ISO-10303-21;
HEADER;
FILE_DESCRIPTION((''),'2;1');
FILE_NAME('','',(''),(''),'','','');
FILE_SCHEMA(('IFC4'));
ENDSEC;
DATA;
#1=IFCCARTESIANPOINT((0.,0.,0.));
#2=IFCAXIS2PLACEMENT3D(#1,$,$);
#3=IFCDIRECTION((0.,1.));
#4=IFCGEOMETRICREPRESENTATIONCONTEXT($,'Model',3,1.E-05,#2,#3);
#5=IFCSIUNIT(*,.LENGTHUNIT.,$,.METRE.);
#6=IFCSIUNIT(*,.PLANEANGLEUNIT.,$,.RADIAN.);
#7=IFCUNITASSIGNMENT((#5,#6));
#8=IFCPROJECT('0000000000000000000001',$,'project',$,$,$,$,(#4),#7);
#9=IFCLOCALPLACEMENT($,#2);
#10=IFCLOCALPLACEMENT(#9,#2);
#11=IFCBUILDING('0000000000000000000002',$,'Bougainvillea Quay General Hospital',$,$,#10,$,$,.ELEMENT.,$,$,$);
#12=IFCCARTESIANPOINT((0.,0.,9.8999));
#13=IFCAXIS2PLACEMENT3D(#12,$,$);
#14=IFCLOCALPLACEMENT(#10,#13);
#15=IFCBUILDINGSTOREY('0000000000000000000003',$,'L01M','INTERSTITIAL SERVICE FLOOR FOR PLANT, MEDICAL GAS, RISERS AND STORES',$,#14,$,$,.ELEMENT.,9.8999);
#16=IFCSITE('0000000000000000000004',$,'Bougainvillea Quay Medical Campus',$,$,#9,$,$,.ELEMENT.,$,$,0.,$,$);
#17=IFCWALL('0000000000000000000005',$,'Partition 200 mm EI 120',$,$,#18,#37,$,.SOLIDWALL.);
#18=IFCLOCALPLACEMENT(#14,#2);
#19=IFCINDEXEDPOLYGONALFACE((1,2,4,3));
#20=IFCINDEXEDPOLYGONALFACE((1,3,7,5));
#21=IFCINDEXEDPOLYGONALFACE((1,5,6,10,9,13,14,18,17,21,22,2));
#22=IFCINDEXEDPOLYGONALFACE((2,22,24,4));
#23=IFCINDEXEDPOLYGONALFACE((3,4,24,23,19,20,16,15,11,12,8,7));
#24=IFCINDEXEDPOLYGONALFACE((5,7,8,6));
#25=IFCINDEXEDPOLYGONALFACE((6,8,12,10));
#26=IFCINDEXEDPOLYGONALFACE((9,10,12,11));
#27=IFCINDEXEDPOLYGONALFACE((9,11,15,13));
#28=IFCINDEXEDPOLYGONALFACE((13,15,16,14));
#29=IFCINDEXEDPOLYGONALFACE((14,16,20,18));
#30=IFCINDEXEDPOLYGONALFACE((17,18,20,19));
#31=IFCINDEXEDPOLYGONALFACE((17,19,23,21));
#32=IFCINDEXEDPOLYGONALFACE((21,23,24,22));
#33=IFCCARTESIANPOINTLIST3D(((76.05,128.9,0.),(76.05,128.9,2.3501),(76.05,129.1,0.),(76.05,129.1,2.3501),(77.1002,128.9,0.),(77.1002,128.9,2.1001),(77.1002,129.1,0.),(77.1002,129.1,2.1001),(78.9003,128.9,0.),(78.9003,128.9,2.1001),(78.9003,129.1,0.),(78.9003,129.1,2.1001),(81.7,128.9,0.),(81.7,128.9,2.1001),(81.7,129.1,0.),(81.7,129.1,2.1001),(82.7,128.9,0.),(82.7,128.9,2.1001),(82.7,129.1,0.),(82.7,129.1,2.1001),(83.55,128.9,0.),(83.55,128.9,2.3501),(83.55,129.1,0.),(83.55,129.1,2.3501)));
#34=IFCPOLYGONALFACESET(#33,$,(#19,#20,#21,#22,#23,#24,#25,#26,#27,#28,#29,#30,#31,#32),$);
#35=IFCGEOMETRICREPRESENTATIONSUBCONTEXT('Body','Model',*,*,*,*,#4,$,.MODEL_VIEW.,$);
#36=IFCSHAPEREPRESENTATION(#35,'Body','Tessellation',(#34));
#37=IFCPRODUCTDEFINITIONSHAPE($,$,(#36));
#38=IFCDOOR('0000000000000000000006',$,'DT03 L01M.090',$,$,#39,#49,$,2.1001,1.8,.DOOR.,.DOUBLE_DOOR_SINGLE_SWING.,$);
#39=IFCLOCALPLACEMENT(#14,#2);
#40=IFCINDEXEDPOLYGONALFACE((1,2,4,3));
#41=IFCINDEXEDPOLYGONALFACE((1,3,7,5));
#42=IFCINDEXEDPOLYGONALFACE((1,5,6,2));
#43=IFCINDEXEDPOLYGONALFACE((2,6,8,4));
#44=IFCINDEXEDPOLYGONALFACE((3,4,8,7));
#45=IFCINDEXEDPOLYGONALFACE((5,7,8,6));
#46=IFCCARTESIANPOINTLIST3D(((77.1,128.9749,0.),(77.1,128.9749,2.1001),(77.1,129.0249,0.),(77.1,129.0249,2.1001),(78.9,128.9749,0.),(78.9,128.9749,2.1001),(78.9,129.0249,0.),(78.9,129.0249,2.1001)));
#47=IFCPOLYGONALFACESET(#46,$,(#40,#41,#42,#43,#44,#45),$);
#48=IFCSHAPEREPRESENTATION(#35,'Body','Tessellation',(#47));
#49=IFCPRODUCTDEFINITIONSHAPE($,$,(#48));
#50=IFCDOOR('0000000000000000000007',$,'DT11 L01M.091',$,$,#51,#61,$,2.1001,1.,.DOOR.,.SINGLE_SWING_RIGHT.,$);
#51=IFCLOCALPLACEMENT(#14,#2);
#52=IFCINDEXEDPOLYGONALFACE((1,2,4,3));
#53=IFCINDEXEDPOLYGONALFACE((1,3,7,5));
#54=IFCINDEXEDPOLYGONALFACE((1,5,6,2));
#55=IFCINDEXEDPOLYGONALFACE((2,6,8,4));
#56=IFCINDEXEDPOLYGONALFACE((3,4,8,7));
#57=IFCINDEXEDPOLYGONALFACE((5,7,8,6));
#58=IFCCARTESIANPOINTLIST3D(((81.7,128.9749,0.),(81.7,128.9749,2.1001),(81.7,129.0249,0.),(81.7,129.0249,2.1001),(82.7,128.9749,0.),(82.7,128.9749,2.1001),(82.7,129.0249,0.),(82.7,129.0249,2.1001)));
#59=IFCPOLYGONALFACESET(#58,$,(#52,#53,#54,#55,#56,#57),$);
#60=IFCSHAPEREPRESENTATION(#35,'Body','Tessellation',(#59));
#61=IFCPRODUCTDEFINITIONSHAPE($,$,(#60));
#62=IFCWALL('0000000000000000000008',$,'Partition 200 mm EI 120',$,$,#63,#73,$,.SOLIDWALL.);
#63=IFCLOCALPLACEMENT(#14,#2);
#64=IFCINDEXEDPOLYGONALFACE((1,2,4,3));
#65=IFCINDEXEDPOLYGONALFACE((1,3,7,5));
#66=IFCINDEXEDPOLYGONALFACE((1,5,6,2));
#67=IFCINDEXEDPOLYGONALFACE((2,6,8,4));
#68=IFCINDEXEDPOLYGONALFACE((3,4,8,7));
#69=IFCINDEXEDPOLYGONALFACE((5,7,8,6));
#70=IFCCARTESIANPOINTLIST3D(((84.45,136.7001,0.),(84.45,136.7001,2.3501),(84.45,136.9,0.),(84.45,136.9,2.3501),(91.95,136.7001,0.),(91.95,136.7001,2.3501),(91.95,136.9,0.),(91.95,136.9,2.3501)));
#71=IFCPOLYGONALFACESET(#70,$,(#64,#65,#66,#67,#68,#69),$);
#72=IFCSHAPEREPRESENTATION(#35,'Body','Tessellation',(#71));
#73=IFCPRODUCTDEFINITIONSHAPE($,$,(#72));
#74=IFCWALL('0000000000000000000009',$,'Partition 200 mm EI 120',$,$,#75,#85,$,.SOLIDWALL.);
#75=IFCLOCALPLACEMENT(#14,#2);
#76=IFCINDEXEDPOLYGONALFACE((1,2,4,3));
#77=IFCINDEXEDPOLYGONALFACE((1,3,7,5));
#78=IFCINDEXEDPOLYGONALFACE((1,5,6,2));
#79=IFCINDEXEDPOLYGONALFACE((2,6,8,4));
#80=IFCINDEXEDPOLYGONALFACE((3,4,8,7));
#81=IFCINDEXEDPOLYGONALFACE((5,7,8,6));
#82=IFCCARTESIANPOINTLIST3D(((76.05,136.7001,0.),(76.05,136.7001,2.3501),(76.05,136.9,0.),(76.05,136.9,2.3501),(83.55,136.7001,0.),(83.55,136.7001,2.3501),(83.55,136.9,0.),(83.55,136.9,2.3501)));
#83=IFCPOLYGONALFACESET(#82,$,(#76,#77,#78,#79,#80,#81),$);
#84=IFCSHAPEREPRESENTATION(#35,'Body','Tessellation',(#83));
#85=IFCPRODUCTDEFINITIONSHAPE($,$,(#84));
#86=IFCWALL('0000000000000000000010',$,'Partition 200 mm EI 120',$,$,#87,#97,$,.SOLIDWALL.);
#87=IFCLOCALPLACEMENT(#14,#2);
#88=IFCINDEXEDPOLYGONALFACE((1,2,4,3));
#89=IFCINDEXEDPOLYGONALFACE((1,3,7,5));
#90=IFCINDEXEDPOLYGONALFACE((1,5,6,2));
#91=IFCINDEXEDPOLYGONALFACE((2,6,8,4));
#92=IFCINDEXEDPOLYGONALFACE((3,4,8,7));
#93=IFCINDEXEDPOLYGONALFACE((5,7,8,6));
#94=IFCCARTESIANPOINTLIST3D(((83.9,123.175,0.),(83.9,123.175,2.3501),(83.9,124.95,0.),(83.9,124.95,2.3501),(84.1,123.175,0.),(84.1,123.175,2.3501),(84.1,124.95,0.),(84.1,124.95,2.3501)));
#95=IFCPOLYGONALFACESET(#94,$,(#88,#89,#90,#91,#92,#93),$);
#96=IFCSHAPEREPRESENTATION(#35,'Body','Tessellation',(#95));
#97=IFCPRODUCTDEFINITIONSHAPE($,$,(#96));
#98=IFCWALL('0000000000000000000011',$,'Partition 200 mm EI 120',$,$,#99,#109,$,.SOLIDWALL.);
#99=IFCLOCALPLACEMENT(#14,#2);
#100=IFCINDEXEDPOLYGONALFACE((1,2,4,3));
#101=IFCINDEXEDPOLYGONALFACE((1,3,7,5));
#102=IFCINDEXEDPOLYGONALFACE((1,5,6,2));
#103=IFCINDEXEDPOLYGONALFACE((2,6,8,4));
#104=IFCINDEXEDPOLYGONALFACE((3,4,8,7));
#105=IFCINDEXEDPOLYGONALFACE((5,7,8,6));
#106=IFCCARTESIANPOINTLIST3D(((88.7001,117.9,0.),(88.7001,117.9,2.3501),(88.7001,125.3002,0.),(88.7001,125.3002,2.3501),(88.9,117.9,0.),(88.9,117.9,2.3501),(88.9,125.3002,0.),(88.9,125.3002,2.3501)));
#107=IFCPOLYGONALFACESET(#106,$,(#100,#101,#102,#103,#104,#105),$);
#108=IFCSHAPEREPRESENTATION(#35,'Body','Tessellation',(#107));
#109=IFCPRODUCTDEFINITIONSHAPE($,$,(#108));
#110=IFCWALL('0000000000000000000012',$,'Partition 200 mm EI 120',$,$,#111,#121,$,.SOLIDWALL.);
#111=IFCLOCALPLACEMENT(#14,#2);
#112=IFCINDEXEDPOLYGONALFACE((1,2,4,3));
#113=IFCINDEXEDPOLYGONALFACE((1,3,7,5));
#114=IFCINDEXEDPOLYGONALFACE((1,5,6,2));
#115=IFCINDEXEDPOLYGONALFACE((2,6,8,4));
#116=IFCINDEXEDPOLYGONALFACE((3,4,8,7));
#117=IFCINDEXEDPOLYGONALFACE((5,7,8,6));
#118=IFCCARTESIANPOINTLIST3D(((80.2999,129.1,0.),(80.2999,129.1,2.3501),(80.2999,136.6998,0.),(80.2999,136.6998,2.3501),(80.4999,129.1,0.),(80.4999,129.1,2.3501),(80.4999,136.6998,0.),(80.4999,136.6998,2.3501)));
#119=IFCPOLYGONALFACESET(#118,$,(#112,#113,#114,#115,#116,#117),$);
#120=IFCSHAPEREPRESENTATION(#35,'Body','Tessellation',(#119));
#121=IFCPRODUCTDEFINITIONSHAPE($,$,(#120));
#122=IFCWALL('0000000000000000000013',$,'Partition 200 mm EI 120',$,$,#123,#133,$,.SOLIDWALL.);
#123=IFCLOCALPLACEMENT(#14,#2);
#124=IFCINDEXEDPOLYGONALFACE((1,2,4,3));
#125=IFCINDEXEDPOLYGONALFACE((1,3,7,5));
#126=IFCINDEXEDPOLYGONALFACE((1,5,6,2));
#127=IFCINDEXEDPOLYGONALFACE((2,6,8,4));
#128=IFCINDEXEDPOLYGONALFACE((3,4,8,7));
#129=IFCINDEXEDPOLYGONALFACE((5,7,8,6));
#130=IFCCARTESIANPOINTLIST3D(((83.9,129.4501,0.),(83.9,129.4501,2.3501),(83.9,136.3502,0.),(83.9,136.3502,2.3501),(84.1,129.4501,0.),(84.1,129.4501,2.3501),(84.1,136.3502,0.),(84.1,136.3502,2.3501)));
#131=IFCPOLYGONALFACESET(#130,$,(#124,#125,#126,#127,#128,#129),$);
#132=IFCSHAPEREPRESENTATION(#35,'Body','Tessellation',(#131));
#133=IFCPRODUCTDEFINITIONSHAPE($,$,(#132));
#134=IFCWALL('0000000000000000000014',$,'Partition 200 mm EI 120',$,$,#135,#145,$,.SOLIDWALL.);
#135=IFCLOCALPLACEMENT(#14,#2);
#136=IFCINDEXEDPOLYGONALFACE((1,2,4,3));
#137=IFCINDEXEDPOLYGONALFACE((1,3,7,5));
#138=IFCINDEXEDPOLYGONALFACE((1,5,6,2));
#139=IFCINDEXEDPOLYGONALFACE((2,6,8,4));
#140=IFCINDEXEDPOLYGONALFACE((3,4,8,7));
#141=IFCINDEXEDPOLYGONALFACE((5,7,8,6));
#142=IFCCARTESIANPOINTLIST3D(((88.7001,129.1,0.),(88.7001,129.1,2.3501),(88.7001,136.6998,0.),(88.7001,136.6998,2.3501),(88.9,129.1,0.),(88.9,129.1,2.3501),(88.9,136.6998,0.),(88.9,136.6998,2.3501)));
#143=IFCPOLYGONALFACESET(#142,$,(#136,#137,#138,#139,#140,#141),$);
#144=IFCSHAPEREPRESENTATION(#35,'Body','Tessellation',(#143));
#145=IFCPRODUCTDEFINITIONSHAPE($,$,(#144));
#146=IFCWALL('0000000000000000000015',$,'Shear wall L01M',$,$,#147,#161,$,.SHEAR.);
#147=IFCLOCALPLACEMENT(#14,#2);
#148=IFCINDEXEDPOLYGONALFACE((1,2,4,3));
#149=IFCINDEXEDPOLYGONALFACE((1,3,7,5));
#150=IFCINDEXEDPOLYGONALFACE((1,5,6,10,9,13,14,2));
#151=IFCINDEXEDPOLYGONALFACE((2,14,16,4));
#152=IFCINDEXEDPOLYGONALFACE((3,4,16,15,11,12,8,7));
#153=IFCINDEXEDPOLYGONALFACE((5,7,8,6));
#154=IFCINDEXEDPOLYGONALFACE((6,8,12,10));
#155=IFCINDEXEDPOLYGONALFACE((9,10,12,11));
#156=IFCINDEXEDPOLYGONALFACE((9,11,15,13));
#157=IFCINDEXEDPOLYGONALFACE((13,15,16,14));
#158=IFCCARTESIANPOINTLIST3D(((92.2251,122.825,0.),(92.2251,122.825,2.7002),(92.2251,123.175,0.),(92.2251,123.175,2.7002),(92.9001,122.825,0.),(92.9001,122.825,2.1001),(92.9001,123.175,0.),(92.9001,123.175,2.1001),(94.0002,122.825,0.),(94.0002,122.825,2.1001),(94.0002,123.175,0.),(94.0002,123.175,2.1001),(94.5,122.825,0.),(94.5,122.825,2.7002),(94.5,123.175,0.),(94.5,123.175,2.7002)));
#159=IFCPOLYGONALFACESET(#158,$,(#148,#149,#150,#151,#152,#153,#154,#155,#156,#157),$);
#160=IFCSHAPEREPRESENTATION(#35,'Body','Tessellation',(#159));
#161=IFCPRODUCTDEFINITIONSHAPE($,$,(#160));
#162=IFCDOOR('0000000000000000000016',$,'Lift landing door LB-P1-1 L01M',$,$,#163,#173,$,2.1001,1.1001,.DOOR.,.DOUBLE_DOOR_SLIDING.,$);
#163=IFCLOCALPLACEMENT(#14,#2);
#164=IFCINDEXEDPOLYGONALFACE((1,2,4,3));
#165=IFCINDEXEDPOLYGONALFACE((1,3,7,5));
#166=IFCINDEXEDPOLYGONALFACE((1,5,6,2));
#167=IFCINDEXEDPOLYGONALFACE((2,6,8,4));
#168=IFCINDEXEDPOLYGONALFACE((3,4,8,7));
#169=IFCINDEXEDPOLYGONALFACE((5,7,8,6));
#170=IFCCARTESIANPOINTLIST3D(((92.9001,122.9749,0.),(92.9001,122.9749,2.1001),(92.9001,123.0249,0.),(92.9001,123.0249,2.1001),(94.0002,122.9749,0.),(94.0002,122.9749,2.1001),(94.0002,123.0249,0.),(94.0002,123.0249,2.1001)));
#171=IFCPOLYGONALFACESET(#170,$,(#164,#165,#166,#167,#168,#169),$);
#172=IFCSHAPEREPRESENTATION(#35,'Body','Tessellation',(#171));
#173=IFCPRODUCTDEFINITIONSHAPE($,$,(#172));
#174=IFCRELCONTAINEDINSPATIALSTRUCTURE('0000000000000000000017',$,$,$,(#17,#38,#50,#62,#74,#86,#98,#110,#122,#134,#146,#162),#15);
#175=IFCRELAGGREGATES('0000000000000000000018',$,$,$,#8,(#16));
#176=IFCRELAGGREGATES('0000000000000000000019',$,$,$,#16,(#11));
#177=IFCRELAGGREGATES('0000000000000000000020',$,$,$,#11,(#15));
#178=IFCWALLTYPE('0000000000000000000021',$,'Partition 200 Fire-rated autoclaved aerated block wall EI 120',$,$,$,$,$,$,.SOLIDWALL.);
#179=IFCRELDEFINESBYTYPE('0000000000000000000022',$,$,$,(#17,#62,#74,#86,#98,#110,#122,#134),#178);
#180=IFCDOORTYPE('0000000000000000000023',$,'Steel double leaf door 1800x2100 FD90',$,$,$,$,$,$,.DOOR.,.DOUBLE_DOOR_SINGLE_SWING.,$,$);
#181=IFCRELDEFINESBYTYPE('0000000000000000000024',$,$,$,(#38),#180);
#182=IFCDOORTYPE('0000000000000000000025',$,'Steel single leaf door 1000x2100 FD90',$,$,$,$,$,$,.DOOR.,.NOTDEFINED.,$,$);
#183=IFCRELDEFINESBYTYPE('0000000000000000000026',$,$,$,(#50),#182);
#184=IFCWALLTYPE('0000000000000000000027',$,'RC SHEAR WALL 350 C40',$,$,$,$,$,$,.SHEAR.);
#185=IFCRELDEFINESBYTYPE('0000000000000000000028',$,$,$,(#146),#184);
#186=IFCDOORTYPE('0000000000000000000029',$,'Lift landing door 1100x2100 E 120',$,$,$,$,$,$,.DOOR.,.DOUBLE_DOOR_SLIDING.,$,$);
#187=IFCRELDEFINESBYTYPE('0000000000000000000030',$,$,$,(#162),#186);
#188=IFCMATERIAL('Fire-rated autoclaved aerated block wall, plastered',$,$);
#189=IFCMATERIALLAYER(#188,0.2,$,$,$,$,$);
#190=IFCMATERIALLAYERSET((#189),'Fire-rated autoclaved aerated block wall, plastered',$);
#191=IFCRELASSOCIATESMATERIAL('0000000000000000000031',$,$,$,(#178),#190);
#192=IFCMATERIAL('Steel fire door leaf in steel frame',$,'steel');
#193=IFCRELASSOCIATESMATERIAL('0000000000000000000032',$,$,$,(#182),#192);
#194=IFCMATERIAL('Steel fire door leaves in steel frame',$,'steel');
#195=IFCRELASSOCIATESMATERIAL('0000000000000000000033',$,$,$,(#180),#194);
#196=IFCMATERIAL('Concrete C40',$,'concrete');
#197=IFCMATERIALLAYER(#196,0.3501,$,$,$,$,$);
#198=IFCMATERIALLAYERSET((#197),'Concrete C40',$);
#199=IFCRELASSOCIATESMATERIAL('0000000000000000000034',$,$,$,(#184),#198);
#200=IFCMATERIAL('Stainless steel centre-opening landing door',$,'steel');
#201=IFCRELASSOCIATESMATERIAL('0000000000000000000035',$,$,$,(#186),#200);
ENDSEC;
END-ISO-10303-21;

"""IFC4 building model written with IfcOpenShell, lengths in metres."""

from ifc_helpers import new_model, si_unit, direction, frame, frame_2d, origin, place, context, subcontext, project, spatial, rectangle, extrude, material, layer, layer_set, type_object, element, fill, save


model = new_model("IFC4")

# Units and contexts
model_context = context("Model", 3, precision=1e-05, world=origin(), true_north=direction((0.0, 1.0)))
body_context = subcontext(model_context, "Body", "Model", "MODEL_VIEW")
ifc_project = project(units=[si_unit("LENGTHUNIT", "METRE"), si_unit("PLANEANGLEUNIT", "RADIAN")], contexts=[model_context])

# Site, building, storey
site_placement = place(None, origin())
site = spatial("IfcSite", under=ifc_project, at=site_placement, Name="Bougainvillea Quay Medical Campus", CompositionType="ELEMENT", RefElevation=0.0)
building_placement = place(site_placement, origin())
building = spatial("IfcBuilding", under=site, at=building_placement, Name="Bougainvillea Quay General Hospital", CompositionType="ELEMENT")
storey_placement = place(building_placement, frame((0.0, 0.0, 9.8999)))
storey = spatial("IfcBuildingStorey", under=building, at=storey_placement, Name="L01M", Description="INTERSTITIAL SERVICE FLOOR FOR PLANT, MEDICAL GAS, RISERS AND STORES", CompositionType="ELEMENT", Elevation=9.8999)

# Shared definitions
ifc_material_1 = material(Name="Fire-rated autoclaved aerated block wall, plastered")
ifc_layer_1 = layer(ifc_material_1, 0.2)
ifc_layer_set_1 = layer_set([ifc_layer_1], Name="Fire-rated autoclaved aerated block wall, plastered")
wall_type_1 = type_object("IfcWallType", Name="Partition 200 Fire-rated autoclaved aerated block wall EI 120", PredefinedType="SOLIDWALL", material=ifc_layer_set_1)
ifc_material_2 = material(Name="Steel fire door leaf in steel frame", Category="steel")
door_type_1 = type_object("IfcDoorType", Name="Steel single leaf door 1000x2100 FD90", OperationType="NOTDEFINED", PredefinedType="DOOR", material=ifc_material_2)

# Wall, openings, doors
wall_1_placement = place(storey_placement, frame((83.55, 129.0, 0.0), z_axis=(0.0, 0.0, 1.0), x_axis=(-1.0, 0.0, 0.0)))
wall_1 = element("IfcWall", 1, at=wall_1_placement, inside=storey, type_object=wall_type_1, Name="Partition 200 mm EI 120", PredefinedType="SOLIDWALL", context=body_context, shape_type="SweptSolid", body=[
    extrude(rectangle(XDim=7.5, YDim=0.2, at=frame_2d((3.75, 0.0))), origin(), (0.0, 0.0, 1.0), 2.3501),
])
opening_1_placement = place(wall_1_placement, frame((4.6499, 0.0, 0.0)))
opening_1 = element("IfcOpeningElement", 2, at=opening_1_placement, cuts=wall_1, PredefinedType="OPENING", context=body_context, shape_type="SweptSolid", body=[
    extrude(rectangle(XDim=1.8, YDim=2.1001, at=frame_2d((0.8999, 1.05))), frame((0.0, 0.1099, 0.0), z_axis=(0.0, -1.0, 0.0), x_axis=(1.0, 0.0, 0.0)), (0.0, 0.0, 1.0), 0.22),
])
opening_2_placement = place(wall_1_placement, frame((0.8501, 0.0, 0.0)))
opening_2 = element("IfcOpeningElement", 3, at=opening_2_placement, cuts=wall_1, PredefinedType="OPENING", context=body_context, shape_type="SweptSolid", body=[
    extrude(rectangle(XDim=1.0, YDim=2.1001, at=frame_2d((0.5, 1.05))), frame((0.0, 0.1099, 0.0), z_axis=(0.0, -1.0, 0.0), x_axis=(1.0, 0.0, 0.0)), (0.0, 0.0, 1.0), 0.22),
])
ifc_material_3 = material(Name="Steel fire door leaves in steel frame", Category="steel")
door_type_2 = type_object("IfcDoorType", Name="Steel double leaf door 1800x2100 FD90", OperationType="DOUBLE_DOOR_SINGLE_SWING", PredefinedType="DOOR", material=ifc_material_3)
door_1_placement = place(opening_1_placement, frame((1.8, 0.0, 0.0), z_axis=(0.0, 0.0, 1.0), x_axis=(-1.0, 0.0, 0.0)))
door_1 = element("IfcDoor", 4, at=door_1_placement, inside=storey, type_object=door_type_2, Name="DT03 L01M.090", OperationType="DOUBLE_DOOR_SINGLE_SWING", OverallHeight=2.1001, OverallWidth=1.8, PredefinedType="DOOR", context=body_context, shape_type="SweptSolid", body=[
    extrude(rectangle(XDim=1.8, YDim=2.1001, at=frame_2d((0.8999, 1.05))), frame((0.0, 0.0249, 0.0), z_axis=(0.0, -1.0, 0.0), x_axis=(1.0, 0.0, 0.0)), (0.0, 0.0, 1.0), 0.05),
])
fill(opening_1, door_1)
door_2_placement = place(opening_2_placement, frame((1.0, 0.0, 0.0), z_axis=(0.0, 0.0, 1.0), x_axis=(-1.0, 0.0, 0.0)))
door_2 = element("IfcDoor", 5, at=door_2_placement, inside=storey, type_object=door_type_1, Name="DT11 L01M.091", OperationType="SINGLE_SWING_RIGHT", OverallHeight=2.1001, OverallWidth=1.0, PredefinedType="DOOR", context=body_context, shape_type="SweptSolid", body=[
    extrude(rectangle(XDim=1.0, YDim=2.1001, at=frame_2d((0.5, 1.05))), frame((0.0, 0.0249, 0.0), z_axis=(0.0, -1.0, 0.0), x_axis=(1.0, 0.0, 0.0)), (0.0, 0.0, 1.0), 0.05),
])
fill(opening_2, door_2)

# Walls
for number, where, z_axis, x_axis, name in (
    (6, (91.95, 136.8, 0.0), (0.0, 0.0, 1.0), (-1.0, 0.0, 0.0), "Partition 200 mm EI 120"),
    (7, (83.55, 136.8, 0.0), (0.0, 0.0, 1.0), (-1.0, 0.0, 0.0), "Partition 200 mm EI 120"),
):
    element("IfcWall", number, at=place(storey_placement, frame(where, z_axis=z_axis, x_axis=x_axis)), inside=storey, type_object=wall_type_1, Name=name, PredefinedType="SOLIDWALL", context=body_context, shape_type="SweptSolid", body=[
        extrude(rectangle(XDim=7.5, YDim=0.2, at=frame_2d((3.75, 0.0))), origin(), (0.0, 0.0, 1.0), 2.3501),
    ])
wall_2_placement = place(storey_placement, frame((84.0, 123.175, 0.0), z_axis=(0.0, 0.0, 1.0), x_axis=(0.0, 1.0, 0.0)))
element("IfcWall", 8, at=wall_2_placement, inside=storey, type_object=wall_type_1, Name="Partition 200 mm EI 120", PredefinedType="SOLIDWALL", context=body_context, shape_type="SweptSolid", body=[
    extrude(rectangle(XDim=1.7749, YDim=0.2, at=frame_2d((0.8875, 0.0))), origin(), (0.0, 0.0, 1.0), 2.3501),
])
wall_3_placement = place(storey_placement, frame((88.8, 117.8999, 0.0), z_axis=(0.0, 0.0, 1.0), x_axis=(0.0, 1.0, 0.0)))
element("IfcWall", 9, at=wall_3_placement, inside=storey, type_object=wall_type_1, Name="Partition 200 mm EI 120", PredefinedType="SOLIDWALL", context=body_context, shape_type="SweptSolid", body=[
    extrude(rectangle(XDim=7.4001, YDim=0.2, at=frame_2d((3.7002, 0.0))), origin(), (0.0, 0.0, 1.0), 2.3501),
])
wall_4_placement = place(storey_placement, frame((80.3999, 129.1001, 0.0), z_axis=(0.0, 0.0, 1.0), x_axis=(0.0, 1.0, 0.0)))
element("IfcWall", 10, at=wall_4_placement, inside=storey, type_object=wall_type_1, Name="Partition 200 mm EI 120", PredefinedType="SOLIDWALL", context=body_context, shape_type="SweptSolid", body=[
    extrude(rectangle(XDim=7.5999, YDim=0.2, at=frame_2d((3.7998, 0.0))), origin(), (0.0, 0.0, 1.0), 2.3501),
])
wall_5_placement = place(storey_placement, frame((84.0, 129.45, 0.0), z_axis=(0.0, 0.0, 1.0), x_axis=(0.0, 1.0, 0.0)))
element("IfcWall", 11, at=wall_5_placement, inside=storey, type_object=wall_type_1, Name="Partition 200 mm EI 120", PredefinedType="SOLIDWALL", context=body_context, shape_type="SweptSolid", body=[
    extrude(rectangle(XDim=6.9001, YDim=0.2, at=frame_2d((3.4502, 0.0))), origin(), (0.0, 0.0, 1.0), 2.3501),
])
wall_6_placement = place(storey_placement, frame((88.8, 129.1001, 0.0), z_axis=(0.0, 0.0, 1.0), x_axis=(0.0, 1.0, 0.0)))
element("IfcWall", 12, at=wall_6_placement, inside=storey, type_object=wall_type_1, Name="Partition 200 mm EI 120", PredefinedType="SOLIDWALL", context=body_context, shape_type="SweptSolid", body=[
    extrude(rectangle(XDim=7.5999, YDim=0.2, at=frame_2d((3.7998, 0.0))), origin(), (0.0, 0.0, 1.0), 2.3501),
])

# Wall, opening, door
ifc_material_4 = material(Name="Concrete C40", Category="concrete")
ifc_layer_2 = layer(ifc_material_4, 0.3501)
ifc_layer_set_2 = layer_set([ifc_layer_2], Name="Concrete C40")
wall_type_2 = type_object("IfcWallType", Name="RC SHEAR WALL 350 C40", PredefinedType="SHEAR", material=ifc_layer_set_2)
wall_7_placement = place(storey_placement, frame((92.2251, 123.0, 0.0), z_axis=(0.0, 0.0, 1.0), x_axis=(1.0, 0.0, 0.0)))
wall_7 = element("IfcWall", 13, at=wall_7_placement, inside=storey, type_object=wall_type_2, Name="Shear wall L01M", PredefinedType="SHEAR", context=body_context, shape_type="SweptSolid", body=[
    extrude(rectangle(XDim=2.2749, YDim=0.3501, at=frame_2d((1.1375, 0.0))), origin(), (0.0, 0.0, 1.0), 2.7002),
])
opening_3_placement = place(wall_7_placement, frame((0.675, 0.0, 0.0)))
opening_3 = element("IfcOpeningElement", 14, at=opening_3_placement, cuts=wall_7, PredefinedType="OPENING", context=body_context, shape_type="SweptSolid", body=[
    extrude(rectangle(XDim=1.1001, YDim=2.1001, at=frame_2d((0.55, 1.05))), frame((0.0, 0.1851, 0.0), z_axis=(0.0, -1.0, 0.0), x_axis=(1.0, 0.0, 0.0)), (0.0, 0.0, 1.0), 0.3701),
])
ifc_material_5 = material(Name="Stainless steel centre-opening landing door", Category="steel")
door_type_3 = type_object("IfcDoorType", Name="Lift landing door 1100x2100 E 120", OperationType="DOUBLE_DOOR_SLIDING", PredefinedType="DOOR", material=ifc_material_5)
door_3_placement = place(opening_3_placement, origin())
door_3 = element("IfcDoor", 15, at=door_3_placement, inside=storey, type_object=door_type_3, Name="Lift landing door LB-P1-1 L01M", OperationType="DOUBLE_DOOR_SLIDING", OverallHeight=2.1001, OverallWidth=1.1001, PredefinedType="DOOR", context=body_context, shape_type="SweptSolid", body=[
    extrude(rectangle(XDim=1.1001, YDim=2.1001, at=frame_2d((0.55, 1.05))), frame((0.0, 0.0249, 0.0), z_axis=(0.0, -1.0, 0.0), x_axis=(1.0, 0.0, 0.0)), (0.0, 0.0, 1.0), 0.05),
])
fill(opening_3, door_3)

save(model, "model.ifc")
